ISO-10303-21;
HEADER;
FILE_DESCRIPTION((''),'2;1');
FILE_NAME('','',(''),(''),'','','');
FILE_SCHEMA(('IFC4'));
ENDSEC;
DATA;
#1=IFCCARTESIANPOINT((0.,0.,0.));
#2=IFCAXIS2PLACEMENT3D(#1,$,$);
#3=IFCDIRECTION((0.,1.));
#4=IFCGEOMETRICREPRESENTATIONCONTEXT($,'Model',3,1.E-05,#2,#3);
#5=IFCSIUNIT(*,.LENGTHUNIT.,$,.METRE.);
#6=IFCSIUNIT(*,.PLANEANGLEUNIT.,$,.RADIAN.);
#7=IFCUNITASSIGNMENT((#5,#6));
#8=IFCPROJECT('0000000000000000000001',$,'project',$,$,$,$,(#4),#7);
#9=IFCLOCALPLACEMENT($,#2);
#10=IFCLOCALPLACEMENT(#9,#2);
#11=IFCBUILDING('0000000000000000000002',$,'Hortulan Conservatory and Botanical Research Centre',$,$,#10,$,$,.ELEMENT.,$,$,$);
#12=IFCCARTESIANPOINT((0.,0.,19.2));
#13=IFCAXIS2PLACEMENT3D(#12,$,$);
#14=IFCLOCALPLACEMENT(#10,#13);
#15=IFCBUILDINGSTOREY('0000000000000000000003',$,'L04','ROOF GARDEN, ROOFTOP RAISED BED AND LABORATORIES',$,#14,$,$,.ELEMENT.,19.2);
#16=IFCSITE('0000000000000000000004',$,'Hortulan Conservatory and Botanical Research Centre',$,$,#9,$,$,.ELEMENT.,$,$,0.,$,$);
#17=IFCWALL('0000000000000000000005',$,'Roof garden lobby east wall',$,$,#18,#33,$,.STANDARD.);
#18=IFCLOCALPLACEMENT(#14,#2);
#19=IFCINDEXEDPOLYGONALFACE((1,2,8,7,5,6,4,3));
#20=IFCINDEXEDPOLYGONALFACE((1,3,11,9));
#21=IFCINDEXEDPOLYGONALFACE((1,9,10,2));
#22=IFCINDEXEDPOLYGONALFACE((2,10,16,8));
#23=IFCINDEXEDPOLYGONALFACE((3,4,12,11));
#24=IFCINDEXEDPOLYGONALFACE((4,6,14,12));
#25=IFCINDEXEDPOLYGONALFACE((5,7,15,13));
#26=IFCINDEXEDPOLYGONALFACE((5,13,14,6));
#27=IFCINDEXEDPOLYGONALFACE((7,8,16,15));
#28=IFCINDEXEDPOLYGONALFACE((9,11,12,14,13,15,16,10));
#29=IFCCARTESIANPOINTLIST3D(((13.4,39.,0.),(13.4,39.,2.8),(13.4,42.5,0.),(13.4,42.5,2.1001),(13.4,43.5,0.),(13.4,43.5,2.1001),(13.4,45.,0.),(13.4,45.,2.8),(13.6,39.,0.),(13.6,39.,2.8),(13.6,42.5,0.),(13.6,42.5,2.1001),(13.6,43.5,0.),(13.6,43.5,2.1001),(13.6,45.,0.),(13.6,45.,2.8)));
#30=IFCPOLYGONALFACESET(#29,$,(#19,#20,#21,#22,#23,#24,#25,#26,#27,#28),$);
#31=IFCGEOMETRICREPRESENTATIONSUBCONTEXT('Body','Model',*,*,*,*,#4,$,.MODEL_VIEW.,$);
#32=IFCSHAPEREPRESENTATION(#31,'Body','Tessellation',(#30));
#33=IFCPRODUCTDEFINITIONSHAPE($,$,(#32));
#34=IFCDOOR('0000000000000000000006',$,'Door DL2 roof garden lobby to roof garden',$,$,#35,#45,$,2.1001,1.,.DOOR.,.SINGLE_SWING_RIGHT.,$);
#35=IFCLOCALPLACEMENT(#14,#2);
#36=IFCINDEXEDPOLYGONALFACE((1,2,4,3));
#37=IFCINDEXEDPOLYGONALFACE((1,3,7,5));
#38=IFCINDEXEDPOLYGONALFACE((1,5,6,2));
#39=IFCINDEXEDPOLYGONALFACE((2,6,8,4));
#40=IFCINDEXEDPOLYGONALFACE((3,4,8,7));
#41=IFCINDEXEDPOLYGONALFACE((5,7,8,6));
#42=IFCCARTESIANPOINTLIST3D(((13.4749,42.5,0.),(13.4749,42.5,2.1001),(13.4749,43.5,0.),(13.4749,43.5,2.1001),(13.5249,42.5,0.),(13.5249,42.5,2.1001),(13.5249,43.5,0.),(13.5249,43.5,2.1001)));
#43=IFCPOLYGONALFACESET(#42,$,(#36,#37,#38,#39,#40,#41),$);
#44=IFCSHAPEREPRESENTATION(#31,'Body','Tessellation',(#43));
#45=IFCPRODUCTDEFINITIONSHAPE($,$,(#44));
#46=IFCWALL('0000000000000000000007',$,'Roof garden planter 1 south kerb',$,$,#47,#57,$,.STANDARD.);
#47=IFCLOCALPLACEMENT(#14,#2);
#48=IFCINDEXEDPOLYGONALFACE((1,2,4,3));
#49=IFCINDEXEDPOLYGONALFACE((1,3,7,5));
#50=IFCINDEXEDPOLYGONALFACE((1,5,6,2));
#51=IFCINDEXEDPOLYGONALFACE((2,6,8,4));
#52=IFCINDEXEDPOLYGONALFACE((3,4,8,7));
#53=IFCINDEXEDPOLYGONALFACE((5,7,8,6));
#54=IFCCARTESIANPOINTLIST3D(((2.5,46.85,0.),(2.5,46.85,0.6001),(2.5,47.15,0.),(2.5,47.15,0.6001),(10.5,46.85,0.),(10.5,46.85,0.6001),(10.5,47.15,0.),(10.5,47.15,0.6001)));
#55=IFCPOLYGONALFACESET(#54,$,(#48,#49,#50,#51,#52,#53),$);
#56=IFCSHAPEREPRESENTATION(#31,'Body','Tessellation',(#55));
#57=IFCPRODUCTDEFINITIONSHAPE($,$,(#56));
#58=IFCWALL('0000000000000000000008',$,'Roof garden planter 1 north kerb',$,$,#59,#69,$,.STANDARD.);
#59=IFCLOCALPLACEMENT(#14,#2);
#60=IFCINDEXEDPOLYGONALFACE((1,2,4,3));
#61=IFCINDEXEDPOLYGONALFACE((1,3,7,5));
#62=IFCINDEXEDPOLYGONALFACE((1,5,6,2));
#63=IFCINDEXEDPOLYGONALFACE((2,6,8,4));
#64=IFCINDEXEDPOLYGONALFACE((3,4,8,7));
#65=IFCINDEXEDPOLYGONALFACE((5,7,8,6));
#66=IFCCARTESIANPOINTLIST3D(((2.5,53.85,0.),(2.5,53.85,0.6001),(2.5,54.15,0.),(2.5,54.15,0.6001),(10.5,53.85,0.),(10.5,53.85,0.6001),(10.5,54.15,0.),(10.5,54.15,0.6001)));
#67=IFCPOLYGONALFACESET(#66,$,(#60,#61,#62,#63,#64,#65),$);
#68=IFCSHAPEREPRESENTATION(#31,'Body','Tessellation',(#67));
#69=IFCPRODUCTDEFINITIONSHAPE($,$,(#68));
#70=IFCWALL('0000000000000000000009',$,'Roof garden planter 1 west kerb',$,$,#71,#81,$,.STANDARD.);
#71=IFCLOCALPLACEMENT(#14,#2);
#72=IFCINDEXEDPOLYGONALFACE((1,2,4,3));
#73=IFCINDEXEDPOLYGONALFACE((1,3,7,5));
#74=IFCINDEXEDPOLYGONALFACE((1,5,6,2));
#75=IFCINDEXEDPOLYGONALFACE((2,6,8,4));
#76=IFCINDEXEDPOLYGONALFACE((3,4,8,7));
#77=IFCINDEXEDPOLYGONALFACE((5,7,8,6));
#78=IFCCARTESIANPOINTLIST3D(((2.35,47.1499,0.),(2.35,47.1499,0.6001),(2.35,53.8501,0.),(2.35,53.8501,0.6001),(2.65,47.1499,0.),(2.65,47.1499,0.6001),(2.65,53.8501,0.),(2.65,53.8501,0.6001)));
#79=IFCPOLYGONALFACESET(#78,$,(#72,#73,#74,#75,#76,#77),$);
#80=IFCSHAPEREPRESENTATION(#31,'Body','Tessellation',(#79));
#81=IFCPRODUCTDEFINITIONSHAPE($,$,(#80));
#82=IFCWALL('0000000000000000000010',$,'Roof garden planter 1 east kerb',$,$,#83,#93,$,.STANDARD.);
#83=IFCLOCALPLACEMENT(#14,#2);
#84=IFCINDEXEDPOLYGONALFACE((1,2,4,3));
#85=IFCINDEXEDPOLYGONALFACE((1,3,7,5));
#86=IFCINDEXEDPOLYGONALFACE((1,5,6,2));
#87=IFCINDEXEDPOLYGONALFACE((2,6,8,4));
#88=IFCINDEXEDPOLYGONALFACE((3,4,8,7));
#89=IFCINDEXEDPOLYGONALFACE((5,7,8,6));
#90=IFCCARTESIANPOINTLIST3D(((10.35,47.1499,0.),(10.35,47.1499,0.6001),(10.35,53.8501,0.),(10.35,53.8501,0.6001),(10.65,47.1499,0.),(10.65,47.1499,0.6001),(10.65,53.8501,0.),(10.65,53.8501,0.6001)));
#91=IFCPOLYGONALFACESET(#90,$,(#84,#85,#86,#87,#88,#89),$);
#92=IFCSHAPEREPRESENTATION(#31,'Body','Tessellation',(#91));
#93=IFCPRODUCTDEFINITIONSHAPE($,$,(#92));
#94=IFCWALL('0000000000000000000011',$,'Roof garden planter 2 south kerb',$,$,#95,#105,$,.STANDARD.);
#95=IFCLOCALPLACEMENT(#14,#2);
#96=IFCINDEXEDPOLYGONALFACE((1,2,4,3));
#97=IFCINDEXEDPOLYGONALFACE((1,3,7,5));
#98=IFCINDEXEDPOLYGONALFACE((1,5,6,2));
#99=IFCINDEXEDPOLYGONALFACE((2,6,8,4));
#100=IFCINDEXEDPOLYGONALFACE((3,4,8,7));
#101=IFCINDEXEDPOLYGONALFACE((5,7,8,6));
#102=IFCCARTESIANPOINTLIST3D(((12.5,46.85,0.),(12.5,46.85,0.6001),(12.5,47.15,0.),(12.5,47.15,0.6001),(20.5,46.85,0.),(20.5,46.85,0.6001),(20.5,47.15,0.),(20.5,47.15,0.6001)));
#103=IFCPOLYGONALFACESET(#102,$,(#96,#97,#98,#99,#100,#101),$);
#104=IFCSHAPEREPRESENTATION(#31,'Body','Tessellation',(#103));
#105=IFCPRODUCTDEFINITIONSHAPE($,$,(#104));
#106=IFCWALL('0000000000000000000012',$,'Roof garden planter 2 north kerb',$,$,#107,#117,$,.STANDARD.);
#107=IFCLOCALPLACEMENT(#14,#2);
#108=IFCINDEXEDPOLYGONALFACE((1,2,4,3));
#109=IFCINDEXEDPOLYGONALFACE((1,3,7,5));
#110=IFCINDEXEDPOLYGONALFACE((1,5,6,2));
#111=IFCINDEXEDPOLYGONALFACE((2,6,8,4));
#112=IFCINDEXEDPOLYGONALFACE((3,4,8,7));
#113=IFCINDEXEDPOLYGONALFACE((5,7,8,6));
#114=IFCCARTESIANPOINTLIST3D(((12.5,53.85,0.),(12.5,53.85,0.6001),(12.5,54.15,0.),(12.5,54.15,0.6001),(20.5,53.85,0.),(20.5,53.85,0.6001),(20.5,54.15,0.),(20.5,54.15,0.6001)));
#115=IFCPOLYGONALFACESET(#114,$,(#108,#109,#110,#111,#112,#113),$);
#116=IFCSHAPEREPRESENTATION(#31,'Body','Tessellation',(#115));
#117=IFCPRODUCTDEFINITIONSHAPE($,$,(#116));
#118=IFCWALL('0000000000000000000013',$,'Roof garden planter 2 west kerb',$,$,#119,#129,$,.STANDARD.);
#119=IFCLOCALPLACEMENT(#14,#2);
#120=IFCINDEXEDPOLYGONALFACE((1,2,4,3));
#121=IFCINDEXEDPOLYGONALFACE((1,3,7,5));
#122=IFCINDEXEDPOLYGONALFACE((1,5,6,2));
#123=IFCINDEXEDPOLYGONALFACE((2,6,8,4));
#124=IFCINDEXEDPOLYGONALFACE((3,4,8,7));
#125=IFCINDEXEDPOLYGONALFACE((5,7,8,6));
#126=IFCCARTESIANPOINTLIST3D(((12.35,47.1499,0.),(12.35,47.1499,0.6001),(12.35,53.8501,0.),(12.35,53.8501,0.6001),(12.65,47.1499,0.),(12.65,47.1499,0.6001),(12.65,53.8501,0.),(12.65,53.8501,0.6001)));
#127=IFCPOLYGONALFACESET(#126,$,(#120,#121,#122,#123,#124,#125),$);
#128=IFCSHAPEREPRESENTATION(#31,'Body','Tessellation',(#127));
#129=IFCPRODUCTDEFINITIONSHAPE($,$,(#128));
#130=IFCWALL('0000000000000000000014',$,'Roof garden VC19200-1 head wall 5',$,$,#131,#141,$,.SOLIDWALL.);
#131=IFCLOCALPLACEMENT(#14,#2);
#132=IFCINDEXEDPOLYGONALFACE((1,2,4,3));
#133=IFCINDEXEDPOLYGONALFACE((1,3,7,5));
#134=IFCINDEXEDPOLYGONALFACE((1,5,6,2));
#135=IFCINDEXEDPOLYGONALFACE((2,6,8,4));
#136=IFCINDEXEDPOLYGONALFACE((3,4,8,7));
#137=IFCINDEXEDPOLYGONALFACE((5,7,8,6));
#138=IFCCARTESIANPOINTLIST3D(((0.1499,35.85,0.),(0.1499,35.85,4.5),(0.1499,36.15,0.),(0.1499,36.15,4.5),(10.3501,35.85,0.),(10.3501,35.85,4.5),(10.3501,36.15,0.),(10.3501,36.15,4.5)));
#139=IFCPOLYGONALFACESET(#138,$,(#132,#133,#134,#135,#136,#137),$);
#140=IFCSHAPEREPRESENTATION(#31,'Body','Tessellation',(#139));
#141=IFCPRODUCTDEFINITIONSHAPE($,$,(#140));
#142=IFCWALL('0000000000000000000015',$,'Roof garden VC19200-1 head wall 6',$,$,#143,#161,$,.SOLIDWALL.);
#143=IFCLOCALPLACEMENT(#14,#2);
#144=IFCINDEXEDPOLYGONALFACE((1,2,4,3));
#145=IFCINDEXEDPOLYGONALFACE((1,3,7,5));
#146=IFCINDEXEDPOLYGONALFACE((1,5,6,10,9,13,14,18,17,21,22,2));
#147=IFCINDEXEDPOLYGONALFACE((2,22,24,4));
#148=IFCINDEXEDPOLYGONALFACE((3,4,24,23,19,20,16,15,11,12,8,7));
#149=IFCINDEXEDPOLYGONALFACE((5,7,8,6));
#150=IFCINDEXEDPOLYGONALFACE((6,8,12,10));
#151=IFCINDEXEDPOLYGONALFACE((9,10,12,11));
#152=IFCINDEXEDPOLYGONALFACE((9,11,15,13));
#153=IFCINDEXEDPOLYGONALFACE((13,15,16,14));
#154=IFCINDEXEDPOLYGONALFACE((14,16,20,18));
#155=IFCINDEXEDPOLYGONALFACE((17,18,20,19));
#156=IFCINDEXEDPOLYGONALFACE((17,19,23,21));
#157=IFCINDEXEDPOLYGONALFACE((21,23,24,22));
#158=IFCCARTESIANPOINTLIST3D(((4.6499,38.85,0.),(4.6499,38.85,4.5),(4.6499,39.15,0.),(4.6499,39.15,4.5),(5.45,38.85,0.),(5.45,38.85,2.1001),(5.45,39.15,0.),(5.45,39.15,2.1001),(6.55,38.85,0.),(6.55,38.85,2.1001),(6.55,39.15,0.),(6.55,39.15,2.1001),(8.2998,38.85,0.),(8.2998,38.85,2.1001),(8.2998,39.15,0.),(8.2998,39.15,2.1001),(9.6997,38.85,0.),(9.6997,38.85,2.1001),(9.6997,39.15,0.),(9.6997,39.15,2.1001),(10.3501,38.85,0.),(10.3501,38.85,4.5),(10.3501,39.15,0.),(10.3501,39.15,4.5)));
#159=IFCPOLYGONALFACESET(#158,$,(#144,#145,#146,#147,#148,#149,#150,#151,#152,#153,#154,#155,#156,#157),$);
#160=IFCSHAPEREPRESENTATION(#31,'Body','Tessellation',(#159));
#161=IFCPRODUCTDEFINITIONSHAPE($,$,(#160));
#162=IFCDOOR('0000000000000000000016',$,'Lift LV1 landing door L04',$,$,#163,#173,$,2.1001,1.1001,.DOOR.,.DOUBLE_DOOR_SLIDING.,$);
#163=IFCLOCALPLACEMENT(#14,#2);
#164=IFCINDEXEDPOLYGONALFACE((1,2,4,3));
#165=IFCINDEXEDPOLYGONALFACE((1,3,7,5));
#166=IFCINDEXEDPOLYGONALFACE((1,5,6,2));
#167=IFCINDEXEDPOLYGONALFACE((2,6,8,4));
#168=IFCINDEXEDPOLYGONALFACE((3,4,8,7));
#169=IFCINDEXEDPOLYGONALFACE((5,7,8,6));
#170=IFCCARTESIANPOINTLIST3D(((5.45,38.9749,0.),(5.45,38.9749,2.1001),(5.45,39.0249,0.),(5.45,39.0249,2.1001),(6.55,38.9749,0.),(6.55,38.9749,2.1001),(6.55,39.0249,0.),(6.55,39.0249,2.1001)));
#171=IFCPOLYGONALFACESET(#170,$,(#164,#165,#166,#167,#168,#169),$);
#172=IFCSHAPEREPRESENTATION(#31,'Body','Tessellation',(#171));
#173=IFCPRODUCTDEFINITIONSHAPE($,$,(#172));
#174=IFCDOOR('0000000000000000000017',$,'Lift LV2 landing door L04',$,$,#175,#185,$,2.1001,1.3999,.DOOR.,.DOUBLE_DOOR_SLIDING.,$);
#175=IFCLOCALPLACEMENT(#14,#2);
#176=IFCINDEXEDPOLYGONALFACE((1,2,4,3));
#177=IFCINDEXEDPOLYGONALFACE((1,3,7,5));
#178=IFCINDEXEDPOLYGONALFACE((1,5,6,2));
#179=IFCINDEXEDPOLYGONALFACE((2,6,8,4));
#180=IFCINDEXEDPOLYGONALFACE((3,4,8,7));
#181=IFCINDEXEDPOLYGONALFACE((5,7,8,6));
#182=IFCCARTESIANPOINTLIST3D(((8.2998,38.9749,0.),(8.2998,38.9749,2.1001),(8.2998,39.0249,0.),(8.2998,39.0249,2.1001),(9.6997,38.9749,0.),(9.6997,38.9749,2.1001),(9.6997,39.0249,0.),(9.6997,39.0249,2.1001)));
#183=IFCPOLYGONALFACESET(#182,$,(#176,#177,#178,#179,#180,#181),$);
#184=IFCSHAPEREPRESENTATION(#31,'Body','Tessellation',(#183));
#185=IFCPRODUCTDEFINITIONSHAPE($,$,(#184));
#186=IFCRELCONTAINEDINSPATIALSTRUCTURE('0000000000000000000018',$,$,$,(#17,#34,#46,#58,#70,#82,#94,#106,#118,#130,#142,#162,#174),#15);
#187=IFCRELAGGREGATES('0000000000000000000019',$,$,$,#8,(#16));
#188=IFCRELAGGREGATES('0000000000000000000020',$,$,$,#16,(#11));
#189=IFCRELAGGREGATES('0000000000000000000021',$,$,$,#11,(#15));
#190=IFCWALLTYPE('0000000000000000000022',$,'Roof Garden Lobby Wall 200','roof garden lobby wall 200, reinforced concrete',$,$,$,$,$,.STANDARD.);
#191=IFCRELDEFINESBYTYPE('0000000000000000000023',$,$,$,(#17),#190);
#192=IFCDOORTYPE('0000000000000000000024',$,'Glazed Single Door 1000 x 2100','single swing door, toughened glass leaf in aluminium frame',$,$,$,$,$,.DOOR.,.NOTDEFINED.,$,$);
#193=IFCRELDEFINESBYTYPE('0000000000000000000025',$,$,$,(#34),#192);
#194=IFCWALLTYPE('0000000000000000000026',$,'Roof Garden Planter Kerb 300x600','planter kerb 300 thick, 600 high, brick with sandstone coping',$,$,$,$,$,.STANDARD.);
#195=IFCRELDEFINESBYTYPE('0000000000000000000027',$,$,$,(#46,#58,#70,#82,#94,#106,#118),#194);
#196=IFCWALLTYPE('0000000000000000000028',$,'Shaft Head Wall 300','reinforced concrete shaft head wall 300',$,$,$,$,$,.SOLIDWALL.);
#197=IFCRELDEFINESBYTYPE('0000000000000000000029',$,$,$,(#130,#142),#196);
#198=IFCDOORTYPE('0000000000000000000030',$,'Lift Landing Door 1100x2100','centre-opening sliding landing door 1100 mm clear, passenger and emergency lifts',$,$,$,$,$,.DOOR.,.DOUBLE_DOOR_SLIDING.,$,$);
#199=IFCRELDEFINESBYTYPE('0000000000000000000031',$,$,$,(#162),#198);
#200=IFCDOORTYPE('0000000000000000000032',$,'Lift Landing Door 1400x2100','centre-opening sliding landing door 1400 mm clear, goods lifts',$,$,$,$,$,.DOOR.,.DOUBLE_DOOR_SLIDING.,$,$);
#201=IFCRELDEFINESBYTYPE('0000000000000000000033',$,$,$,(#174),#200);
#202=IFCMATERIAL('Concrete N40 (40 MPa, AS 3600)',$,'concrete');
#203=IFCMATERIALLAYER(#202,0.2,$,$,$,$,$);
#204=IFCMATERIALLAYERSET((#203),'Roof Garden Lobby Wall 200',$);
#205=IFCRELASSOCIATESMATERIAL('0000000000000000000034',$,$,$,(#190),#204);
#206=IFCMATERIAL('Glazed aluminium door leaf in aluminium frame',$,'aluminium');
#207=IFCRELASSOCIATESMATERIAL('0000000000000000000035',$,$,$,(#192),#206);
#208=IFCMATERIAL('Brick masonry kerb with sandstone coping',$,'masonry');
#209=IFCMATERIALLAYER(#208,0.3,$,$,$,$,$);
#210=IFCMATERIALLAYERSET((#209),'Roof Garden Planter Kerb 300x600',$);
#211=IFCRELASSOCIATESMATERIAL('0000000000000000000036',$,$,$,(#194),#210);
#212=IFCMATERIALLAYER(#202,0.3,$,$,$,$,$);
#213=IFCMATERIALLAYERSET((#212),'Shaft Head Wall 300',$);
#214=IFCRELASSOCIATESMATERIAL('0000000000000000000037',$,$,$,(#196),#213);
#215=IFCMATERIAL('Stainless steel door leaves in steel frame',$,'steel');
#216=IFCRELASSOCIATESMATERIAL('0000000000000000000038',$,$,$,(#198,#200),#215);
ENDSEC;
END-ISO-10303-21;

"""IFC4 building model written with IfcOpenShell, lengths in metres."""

from ifc_helpers import new_model, si_unit, direction, frame, frame_2d, origin, place, context, subcontext, project, spatial, rectangle, extrude, material, layer, layer_set, type_object, element, fill, save


model = new_model("IFC4")

# Units and contexts
model_context = context("Model", 3, precision=1e-05, world=origin(), true_north=direction((0.0, 1.0)))
body_context = subcontext(model_context, "Body", "Model", "MODEL_VIEW")
ifc_project = project(units=[si_unit("LENGTHUNIT", "METRE"), si_unit("PLANEANGLEUNIT", "RADIAN")], contexts=[model_context])

# Site, building, storey
site_placement = place(None, origin())
site = spatial("IfcSite", under=ifc_project, at=site_placement, Name="Hortulan Conservatory and Botanical Research Centre", CompositionType="ELEMENT", RefElevation=0.0)
building_placement = place(site_placement, origin())
building = spatial("IfcBuilding", under=site, at=building_placement, Name="Hortulan Conservatory and Botanical Research Centre", CompositionType="ELEMENT")
storey_placement = place(building_placement, frame((0.0, 0.0, 19.2)))
storey = spatial("IfcBuildingStorey", under=building, at=storey_placement, Name="L04", Description="ROOF GARDEN, ROOFTOP RAISED BED AND LABORATORIES", CompositionType="ELEMENT", Elevation=19.2)

# Wall, opening, door
ifc_material_1 = material(Name="Concrete N40 (40 MPa, AS 3600)", Category="concrete")
ifc_layer_1 = layer(ifc_material_1, 0.2)
ifc_layer_set_1 = layer_set([ifc_layer_1], Name="Roof Garden Lobby Wall 200")
wall_type_1 = type_object("IfcWallType", Name="Roof Garden Lobby Wall 200", Description="roof garden lobby wall 200, reinforced concrete", PredefinedType="STANDARD", material=ifc_layer_set_1)
wall_1_placement = place(storey_placement, frame((13.5, 39.0, 0.0), z_axis=(0.0, 0.0, 1.0), x_axis=(0.0, 1.0, 0.0)))
wall_1 = element("IfcWall", 1, at=wall_1_placement, inside=storey, type_object=wall_type_1, Name="Roof garden lobby east wall", PredefinedType="STANDARD", context=body_context, shape_type="SweptSolid", body=[
    extrude(rectangle(XDim=6.0, YDim=0.2, at=frame_2d((3.0, 0.0))), origin(), (0.0, 0.0, 1.0), 2.8),
])
opening_1_placement = place(wall_1_placement, frame((3.5, 0.0, 0.0)))
opening_1 = element("IfcOpeningElement", 2, at=opening_1_placement, cuts=wall_1, PredefinedType="OPENING", context=body_context, shape_type="SweptSolid", body=[
    extrude(rectangle(XDim=1.0, YDim=2.1001, at=frame_2d((0.5, 1.05))), frame((0.0, 0.1099, 0.0), z_axis=(0.0, -1.0, 0.0), x_axis=(1.0, 0.0, 0.0)), (0.0, 0.0, 1.0), 0.22),
])
ifc_material_2 = material(Name="Glazed aluminium door leaf in aluminium frame", Category="aluminium")
door_type_1 = type_object("IfcDoorType", Name="Glazed Single Door 1000 x 2100", Description="single swing door, toughened glass leaf in aluminium frame", OperationType="NOTDEFINED", PredefinedType="DOOR", material=ifc_material_2)
door_1_placement = place(opening_1_placement, frame((1.0, 0.0, 0.0), z_axis=(0.0, 0.0, 1.0), x_axis=(-1.0, 0.0, 0.0)))
door_1 = element("IfcDoor", 3, at=door_1_placement, inside=storey, type_object=door_type_1, Name="Door DL2 roof garden lobby to roof garden", OperationType="SINGLE_SWING_RIGHT", OverallHeight=2.1001, OverallWidth=1.0, PredefinedType="DOOR", context=body_context, shape_type="SweptSolid", body=[
    extrude(rectangle(XDim=1.0, YDim=2.1001, at=frame_2d((0.5, 1.05))), frame((0.0, 0.0249, 0.0), z_axis=(0.0, -1.0, 0.0), x_axis=(1.0, 0.0, 0.0)), (0.0, 0.0, 1.0), 0.05),
])
fill(opening_1, door_1)

# Walls
ifc_material_3 = material(Name="Brick masonry kerb with sandstone coping", Category="masonry")
ifc_layer_2 = layer(ifc_material_3, 0.3)
ifc_layer_set_2 = layer_set([ifc_layer_2], Name="Roof Garden Planter Kerb 300x600")
wall_type_2 = type_object("IfcWallType", Name="Roof Garden Planter Kerb 300x600", Description="planter kerb 300 thick, 600 high, brick with sandstone coping", PredefinedType="STANDARD", material=ifc_layer_set_2)
for number, where, z_axis, x_axis, name in (
    (4, (2.5, 47.0, 0.0), (0.0, 0.0, 1.0), (1.0, 0.0, 0.0), "Roof garden planter 1 south kerb"),
    (5, (2.5, 54.0, 0.0), (0.0, 0.0, 1.0), (1.0, 0.0, 0.0), "Roof garden planter 1 north kerb"),
):
    element("IfcWall", number, at=place(storey_placement, frame(where, z_axis=z_axis, x_axis=x_axis)), inside=storey, type_object=wall_type_2, Name=name, PredefinedType="STANDARD", context=body_context, shape_type="SweptSolid", body=[
        extrude(rectangle(XDim=8.0, YDim=0.3, at=frame_2d((4.0, 0.0))), origin(), (0.0, 0.0, 1.0), 0.6001),
    ])
for number, where, z_axis, x_axis, name in (
    (6, (2.5, 47.1499, 0.0), (0.0, 0.0, 1.0), (0.0, 1.0, 0.0), "Roof garden planter 1 west kerb"),
    (7, (10.5, 47.1499, 0.0), (0.0, 0.0, 1.0), (0.0, 1.0, 0.0), "Roof garden planter 1 east kerb"),
):
    element("IfcWall", number, at=place(storey_placement, frame(where, z_axis=z_axis, x_axis=x_axis)), inside=storey, type_object=wall_type_2, Name=name, PredefinedType="STANDARD", context=body_context, shape_type="SweptSolid", body=[
        extrude(rectangle(XDim=6.7002, YDim=0.3, at=frame_2d((3.3501, 0.0))), origin(), (0.0, 0.0, 1.0), 0.6001),
    ])
for number, where, z_axis, x_axis, name in (
    (8, (12.5, 47.0, 0.0), (0.0, 0.0, 1.0), (1.0, 0.0, 0.0), "Roof garden planter 2 south kerb"),
    (9, (12.5, 54.0, 0.0), (0.0, 0.0, 1.0), (1.0, 0.0, 0.0), "Roof garden planter 2 north kerb"),
):
    element("IfcWall", number, at=place(storey_placement, frame(where, z_axis=z_axis, x_axis=x_axis)), inside=storey, type_object=wall_type_2, Name=name, PredefinedType="STANDARD", context=body_context, shape_type="SweptSolid", body=[
        extrude(rectangle(XDim=8.0, YDim=0.3, at=frame_2d((4.0, 0.0))), origin(), (0.0, 0.0, 1.0), 0.6001),
    ])
wall_2_placement = place(storey_placement, frame((12.5, 47.1499, 0.0), z_axis=(0.0, 0.0, 1.0), x_axis=(0.0, 1.0, 0.0)))
element("IfcWall", 10, at=wall_2_placement, inside=storey, type_object=wall_type_2, Name="Roof garden planter 2 west kerb", PredefinedType="STANDARD", context=body_context, shape_type="SweptSolid", body=[
    extrude(rectangle(XDim=6.7002, YDim=0.3, at=frame_2d((3.3501, 0.0))), origin(), (0.0, 0.0, 1.0), 0.6001),
])
ifc_layer_3 = layer(ifc_material_1, 0.3)
ifc_layer_set_3 = layer_set([ifc_layer_3], Name="Shaft Head Wall 300")
wall_type_3 = type_object("IfcWallType", Name="Shaft Head Wall 300", Description="reinforced concrete shaft head wall 300", PredefinedType="SOLIDWALL", material=ifc_layer_set_3)
wall_3_placement = place(storey_placement, frame((0.1499, 36.0, 0.0), z_axis=(0.0, 0.0, 1.0), x_axis=(1.0, 0.0, 0.0)))
element("IfcWall", 11, at=wall_3_placement, inside=storey, type_object=wall_type_3, Name="Roof garden VC19200-1 head wall 5", PredefinedType="SOLIDWALL", context=body_context, shape_type="SweptSolid", body=[
    extrude(rectangle(XDim=10.2002, YDim=0.3, at=frame_2d((5.1001, 0.0))), origin(), (0.0, 0.0, 1.0), 4.5),
])

# Wall, openings, doors
wall_4_placement = place(storey_placement, frame((4.6499, 39.0, 0.0), z_axis=(0.0, 0.0, 1.0), x_axis=(1.0, 0.0, 0.0)))
wall_4 = element("IfcWall", 12, at=wall_4_placement, inside=storey, type_object=wall_type_3, Name="Roof garden VC19200-1 head wall 6", PredefinedType="SOLIDWALL", context=body_context, shape_type="SweptSolid", body=[
    extrude(rectangle(XDim=5.7002, YDim=0.3, at=frame_2d((2.8501, 0.0))), origin(), (0.0, 0.0, 1.0), 4.5),
])
opening_2_placement = place(wall_4_placement, frame((0.8, 0.0, 0.0)))
opening_2 = element("IfcOpeningElement", 13, at=opening_2_placement, cuts=wall_4, PredefinedType="OPENING", context=body_context, shape_type="SweptSolid", body=[
    extrude(rectangle(XDim=1.1001, YDim=2.1001, at=frame_2d((0.55, 1.05))), frame((0.0, 0.1599, 0.0), z_axis=(0.0, -1.0, 0.0), x_axis=(1.0, 0.0, 0.0)), (0.0, 0.0, 1.0), 0.3201),
])
opening_3_placement = place(wall_4_placement, frame((3.6499, 0.0, 0.0)))
opening_3 = element("IfcOpeningElement", 14, at=opening_3_placement, cuts=wall_4, PredefinedType="OPENING", context=body_context, shape_type="SweptSolid", body=[
    extrude(rectangle(XDim=1.3999, YDim=2.1001, at=frame_2d((0.7, 1.05))), frame((0.0, 0.1599, 0.0), z_axis=(0.0, -1.0, 0.0), x_axis=(1.0, 0.0, 0.0)), (0.0, 0.0, 1.0), 0.3201),
])
ifc_material_4 = material(Name="Stainless steel door leaves in steel frame", Category="steel")
door_type_2 = type_object("IfcDoorType", Name="Lift Landing Door 1100x2100", Description="centre-opening sliding landing door 1100 mm clear, passenger and emergency lifts", OperationType="DOUBLE_DOOR_SLIDING", PredefinedType="DOOR", material=ifc_material_4)
door_2_placement = place(opening_2_placement, origin())
door_2 = element("IfcDoor", 15, at=door_2_placement, inside=storey, type_object=door_type_2, Name="Lift LV1 landing door L04", OperationType="DOUBLE_DOOR_SLIDING", OverallHeight=2.1001, OverallWidth=1.1001, PredefinedType="DOOR", context=body_context, shape_type="SweptSolid", body=[
    extrude(rectangle(XDim=1.1001, YDim=2.1001, at=frame_2d((0.55, 1.05))), frame((0.0, 0.0249, 0.0), z_axis=(0.0, -1.0, 0.0), x_axis=(1.0, 0.0, 0.0)), (0.0, 0.0, 1.0), 0.05),
])
fill(opening_2, door_2)
door_type_3 = type_object("IfcDoorType", Name="Lift Landing Door 1400x2100", Description="centre-opening sliding landing door 1400 mm clear, goods lifts", OperationType="DOUBLE_DOOR_SLIDING", PredefinedType="DOOR", material=ifc_material_4)
door_3_placement = place(opening_3_placement, origin())
door_3 = element("IfcDoor", 16, at=door_3_placement, inside=storey, type_object=door_type_3, Name="Lift LV2 landing door L04", OperationType="DOUBLE_DOOR_SLIDING", OverallHeight=2.1001, OverallWidth=1.3999, PredefinedType="DOOR", context=body_context, shape_type="SweptSolid", body=[
    extrude(rectangle(XDim=1.3999, YDim=2.1001, at=frame_2d((0.7, 1.05))), frame((0.0, 0.0249, 0.0), z_axis=(0.0, -1.0, 0.0), x_axis=(1.0, 0.0, 0.0)), (0.0, 0.0, 1.0), 0.05),
])
fill(opening_3, door_3)

save(model, "model.ifc")
